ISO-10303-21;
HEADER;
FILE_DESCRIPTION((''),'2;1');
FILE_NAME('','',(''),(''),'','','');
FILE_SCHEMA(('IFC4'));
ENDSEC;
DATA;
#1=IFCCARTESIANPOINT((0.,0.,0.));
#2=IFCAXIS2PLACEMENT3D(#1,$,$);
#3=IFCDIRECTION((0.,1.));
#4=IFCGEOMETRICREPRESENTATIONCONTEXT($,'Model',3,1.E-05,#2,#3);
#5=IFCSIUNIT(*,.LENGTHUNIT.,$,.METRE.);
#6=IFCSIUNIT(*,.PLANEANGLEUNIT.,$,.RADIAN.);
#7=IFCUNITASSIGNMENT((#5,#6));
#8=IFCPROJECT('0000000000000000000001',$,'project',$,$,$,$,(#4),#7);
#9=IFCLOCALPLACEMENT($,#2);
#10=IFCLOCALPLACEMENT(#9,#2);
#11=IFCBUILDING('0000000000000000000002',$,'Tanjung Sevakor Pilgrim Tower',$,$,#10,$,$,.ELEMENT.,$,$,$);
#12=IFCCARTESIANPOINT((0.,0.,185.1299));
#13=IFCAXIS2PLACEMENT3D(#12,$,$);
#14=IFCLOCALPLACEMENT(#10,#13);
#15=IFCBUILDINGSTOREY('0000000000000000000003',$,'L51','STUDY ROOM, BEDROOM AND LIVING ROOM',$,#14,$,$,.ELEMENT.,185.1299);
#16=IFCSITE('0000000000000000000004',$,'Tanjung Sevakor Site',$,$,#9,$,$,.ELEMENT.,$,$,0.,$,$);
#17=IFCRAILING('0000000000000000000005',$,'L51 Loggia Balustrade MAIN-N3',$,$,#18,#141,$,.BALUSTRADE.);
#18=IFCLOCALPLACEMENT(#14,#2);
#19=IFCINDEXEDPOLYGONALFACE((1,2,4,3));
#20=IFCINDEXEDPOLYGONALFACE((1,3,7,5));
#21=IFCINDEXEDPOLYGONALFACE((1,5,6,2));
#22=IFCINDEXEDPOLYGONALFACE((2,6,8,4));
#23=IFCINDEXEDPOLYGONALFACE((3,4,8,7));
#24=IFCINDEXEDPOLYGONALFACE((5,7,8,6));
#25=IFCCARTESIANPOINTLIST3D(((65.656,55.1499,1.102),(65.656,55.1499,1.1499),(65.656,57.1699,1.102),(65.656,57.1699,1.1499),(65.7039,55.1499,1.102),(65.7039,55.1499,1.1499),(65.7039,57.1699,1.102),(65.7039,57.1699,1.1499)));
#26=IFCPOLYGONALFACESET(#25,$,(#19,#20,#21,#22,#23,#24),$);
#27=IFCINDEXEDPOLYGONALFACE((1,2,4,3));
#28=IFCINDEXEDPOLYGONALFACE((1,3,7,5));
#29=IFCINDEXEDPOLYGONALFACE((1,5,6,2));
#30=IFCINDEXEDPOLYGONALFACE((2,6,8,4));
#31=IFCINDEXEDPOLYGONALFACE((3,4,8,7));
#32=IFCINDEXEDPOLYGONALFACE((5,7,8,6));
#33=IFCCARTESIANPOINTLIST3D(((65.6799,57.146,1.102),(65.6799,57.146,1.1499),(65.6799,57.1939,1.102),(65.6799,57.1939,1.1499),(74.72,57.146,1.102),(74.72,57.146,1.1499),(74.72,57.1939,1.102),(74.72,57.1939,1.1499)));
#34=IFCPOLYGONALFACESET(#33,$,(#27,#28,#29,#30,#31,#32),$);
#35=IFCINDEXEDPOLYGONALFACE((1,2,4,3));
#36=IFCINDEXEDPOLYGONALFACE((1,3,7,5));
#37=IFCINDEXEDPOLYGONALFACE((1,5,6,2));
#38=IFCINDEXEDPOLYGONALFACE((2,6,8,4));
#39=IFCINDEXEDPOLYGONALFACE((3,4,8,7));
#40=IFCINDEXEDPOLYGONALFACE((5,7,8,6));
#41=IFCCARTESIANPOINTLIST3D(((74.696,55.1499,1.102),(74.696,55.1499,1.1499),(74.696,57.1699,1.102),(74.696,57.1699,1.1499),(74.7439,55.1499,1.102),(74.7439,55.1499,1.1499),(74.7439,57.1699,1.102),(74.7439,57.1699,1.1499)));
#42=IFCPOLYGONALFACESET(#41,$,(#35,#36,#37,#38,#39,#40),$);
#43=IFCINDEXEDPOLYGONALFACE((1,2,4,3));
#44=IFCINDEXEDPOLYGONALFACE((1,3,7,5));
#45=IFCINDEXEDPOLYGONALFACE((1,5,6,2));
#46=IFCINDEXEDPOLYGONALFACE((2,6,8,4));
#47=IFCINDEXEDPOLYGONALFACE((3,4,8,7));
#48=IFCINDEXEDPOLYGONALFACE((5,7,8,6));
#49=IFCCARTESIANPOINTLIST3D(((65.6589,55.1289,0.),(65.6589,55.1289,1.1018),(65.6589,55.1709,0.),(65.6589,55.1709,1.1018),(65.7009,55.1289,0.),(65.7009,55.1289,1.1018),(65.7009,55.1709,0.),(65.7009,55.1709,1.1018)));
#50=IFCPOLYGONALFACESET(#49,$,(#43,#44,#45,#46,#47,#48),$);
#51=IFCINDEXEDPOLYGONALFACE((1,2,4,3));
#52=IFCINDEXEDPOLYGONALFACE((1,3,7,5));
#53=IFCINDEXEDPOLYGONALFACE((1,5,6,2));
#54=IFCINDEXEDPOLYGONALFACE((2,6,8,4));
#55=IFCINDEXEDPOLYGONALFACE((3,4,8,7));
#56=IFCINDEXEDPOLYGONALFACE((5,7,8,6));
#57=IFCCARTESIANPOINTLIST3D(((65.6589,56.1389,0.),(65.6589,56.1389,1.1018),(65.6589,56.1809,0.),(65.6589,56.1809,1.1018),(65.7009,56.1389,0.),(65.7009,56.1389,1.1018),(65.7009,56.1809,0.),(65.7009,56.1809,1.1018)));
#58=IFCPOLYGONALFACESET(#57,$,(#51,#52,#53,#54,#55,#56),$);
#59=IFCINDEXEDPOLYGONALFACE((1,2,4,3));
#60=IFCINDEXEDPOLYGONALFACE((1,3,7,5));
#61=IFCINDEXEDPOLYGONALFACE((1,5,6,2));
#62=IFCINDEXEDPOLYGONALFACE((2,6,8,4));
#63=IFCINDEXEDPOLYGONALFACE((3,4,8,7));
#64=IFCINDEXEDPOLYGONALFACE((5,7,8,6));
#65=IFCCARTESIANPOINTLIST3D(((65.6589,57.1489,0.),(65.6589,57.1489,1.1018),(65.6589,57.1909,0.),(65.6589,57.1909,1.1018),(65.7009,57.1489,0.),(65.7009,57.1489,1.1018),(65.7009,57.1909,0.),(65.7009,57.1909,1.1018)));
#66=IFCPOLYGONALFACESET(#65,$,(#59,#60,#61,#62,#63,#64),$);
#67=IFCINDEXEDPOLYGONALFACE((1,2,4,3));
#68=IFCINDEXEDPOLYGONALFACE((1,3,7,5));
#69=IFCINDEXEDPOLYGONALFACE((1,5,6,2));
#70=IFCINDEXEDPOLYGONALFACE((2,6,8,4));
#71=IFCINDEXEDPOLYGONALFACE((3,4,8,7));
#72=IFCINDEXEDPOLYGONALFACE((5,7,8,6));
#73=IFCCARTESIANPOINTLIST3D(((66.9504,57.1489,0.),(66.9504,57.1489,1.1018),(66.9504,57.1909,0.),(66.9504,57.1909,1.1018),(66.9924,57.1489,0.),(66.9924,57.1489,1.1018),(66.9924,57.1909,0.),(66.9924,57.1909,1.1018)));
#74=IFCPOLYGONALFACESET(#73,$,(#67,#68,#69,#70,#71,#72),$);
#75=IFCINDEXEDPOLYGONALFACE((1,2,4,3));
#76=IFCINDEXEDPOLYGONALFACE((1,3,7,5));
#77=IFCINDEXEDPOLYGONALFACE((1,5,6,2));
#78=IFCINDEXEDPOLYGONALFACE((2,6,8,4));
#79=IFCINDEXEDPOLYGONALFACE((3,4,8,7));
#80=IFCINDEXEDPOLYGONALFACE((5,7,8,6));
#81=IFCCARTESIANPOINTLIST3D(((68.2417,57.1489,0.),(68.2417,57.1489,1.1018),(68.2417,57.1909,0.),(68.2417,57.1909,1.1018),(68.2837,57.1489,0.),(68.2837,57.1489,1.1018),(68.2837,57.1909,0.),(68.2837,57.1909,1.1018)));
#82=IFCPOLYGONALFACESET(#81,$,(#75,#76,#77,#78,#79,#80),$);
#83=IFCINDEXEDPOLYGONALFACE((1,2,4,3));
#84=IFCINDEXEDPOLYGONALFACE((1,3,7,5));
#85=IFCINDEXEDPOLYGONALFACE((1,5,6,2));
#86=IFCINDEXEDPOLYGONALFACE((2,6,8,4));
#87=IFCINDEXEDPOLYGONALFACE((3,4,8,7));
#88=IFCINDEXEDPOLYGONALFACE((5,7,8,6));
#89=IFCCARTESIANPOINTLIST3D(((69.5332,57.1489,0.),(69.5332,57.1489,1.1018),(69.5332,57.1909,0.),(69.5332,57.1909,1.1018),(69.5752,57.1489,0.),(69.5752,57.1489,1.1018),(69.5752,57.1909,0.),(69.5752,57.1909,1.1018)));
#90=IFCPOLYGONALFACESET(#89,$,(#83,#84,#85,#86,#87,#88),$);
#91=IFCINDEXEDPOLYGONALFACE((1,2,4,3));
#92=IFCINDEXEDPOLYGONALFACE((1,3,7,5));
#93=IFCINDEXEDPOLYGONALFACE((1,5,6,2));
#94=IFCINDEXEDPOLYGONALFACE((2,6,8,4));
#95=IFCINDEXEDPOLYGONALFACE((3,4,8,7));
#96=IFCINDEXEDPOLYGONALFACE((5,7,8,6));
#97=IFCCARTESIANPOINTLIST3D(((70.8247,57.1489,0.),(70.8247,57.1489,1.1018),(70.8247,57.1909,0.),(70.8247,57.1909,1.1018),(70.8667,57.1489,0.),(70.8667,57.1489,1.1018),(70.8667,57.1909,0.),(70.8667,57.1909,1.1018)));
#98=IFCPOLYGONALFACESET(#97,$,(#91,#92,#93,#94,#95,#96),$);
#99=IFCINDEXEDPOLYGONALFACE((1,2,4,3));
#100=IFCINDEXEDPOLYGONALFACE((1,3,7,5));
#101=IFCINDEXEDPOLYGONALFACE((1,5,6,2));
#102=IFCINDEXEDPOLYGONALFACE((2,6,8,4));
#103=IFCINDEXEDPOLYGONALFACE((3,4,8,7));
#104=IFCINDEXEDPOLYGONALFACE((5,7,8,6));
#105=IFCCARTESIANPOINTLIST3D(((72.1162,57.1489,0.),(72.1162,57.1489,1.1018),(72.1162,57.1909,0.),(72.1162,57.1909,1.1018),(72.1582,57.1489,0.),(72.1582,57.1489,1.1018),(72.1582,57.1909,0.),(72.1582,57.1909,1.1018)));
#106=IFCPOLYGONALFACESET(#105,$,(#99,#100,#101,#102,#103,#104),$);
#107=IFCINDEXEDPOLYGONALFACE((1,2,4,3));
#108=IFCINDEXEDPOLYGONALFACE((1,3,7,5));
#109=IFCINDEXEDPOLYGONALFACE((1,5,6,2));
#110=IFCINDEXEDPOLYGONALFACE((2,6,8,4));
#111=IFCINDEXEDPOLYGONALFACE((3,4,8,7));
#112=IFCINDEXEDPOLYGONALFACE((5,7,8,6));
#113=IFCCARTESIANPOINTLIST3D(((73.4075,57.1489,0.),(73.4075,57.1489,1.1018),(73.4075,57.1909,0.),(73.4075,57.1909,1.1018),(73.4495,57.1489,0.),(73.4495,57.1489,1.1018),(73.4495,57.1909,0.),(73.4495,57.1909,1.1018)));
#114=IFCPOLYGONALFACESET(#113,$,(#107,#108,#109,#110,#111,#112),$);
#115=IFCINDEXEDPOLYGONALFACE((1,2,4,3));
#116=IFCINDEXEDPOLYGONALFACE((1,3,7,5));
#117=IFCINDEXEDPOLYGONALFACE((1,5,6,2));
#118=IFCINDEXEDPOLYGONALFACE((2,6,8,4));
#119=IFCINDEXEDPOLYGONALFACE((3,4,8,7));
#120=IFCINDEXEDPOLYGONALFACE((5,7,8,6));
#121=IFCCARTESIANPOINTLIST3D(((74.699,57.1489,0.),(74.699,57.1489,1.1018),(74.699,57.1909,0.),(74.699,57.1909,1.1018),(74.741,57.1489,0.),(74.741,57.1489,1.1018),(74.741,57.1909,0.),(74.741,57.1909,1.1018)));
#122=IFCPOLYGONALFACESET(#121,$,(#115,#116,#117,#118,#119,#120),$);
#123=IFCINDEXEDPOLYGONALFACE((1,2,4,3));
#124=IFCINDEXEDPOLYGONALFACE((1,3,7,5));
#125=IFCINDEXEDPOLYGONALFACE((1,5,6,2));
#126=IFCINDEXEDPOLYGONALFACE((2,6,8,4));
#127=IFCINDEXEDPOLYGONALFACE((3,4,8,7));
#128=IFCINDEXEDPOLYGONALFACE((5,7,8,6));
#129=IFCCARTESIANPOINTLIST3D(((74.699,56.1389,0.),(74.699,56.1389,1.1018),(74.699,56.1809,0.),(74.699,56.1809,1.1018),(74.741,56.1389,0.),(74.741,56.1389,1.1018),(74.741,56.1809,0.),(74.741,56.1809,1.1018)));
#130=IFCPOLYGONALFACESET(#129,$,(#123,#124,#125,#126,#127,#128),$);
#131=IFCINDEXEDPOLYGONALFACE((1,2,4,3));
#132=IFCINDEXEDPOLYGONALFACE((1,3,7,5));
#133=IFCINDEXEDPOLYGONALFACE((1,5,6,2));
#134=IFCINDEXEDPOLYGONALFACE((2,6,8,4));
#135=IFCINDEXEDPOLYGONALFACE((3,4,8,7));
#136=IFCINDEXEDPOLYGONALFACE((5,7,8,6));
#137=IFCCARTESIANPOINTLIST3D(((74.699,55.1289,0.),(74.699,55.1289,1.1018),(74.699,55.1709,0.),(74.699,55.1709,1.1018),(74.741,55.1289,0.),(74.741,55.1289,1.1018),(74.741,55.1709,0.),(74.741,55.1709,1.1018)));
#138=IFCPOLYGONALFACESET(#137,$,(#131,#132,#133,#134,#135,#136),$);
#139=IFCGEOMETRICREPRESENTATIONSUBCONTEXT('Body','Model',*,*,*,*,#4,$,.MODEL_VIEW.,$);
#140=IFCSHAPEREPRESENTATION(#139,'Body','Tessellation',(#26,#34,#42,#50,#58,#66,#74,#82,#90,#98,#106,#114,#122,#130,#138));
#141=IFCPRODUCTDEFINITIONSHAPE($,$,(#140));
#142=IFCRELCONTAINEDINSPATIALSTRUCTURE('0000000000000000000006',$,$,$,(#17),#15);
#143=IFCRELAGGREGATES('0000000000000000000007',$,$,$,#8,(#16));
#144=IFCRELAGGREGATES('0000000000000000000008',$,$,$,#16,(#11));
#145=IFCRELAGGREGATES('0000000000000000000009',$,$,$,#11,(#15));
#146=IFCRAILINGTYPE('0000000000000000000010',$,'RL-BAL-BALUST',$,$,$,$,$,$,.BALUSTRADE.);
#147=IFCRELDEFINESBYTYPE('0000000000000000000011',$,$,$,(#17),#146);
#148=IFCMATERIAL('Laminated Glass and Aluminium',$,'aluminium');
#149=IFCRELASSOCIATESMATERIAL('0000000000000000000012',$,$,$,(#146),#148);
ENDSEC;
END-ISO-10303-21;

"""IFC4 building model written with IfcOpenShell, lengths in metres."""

from ifc_helpers import new_model, si_unit, direction, frame, origin, place, context, subcontext, project, spatial, rectangle, extrude, material, type_object, element, save


model = new_model("IFC4")

# Units and contexts
model_context = context("Model", 3, precision=1e-05, world=origin(), true_north=direction((0.0, 1.0)))
body_context = subcontext(model_context, "Body", "Model", "MODEL_VIEW")
ifc_project = project(units=[si_unit("LENGTHUNIT", "METRE"), si_unit("PLANEANGLEUNIT", "RADIAN")], contexts=[model_context])

# Site, building, storey
site_placement = place(None, origin())
site = spatial("IfcSite", under=ifc_project, at=site_placement, Name="Tanjung Sevakor Site", CompositionType="ELEMENT", RefElevation=0.0)
building_placement = place(site_placement, origin())
building = spatial("IfcBuilding", under=site, at=building_placement, Name="Tanjung Sevakor Pilgrim Tower", CompositionType="ELEMENT")
storey_placement = place(building_placement, frame((0.0, 0.0, 185.1299)))
storey = spatial("IfcBuildingStorey", under=building, at=storey_placement, Name="L51", Description="STUDY ROOM, BEDROOM AND LIVING ROOM", CompositionType="ELEMENT", Elevation=185.1299)

# Railing
ifc_material_1 = material(Name="Laminated Glass and Aluminium", Category="aluminium")
railing_type = type_object("IfcRailingType", Name="RL-BAL-BALUST", PredefinedType="BALUSTRADE", material=ifc_material_1)
railing_1_placement = place(storey_placement, frame((65.6799, 55.1499, 0.0)))
element("IfcRailing", 1, at=railing_1_placement, inside=storey, type_object=railing_type, Name="L51 Loggia Balustrade MAIN-N3", PredefinedType="BALUSTRADE", context=body_context, shape_type="SweptSolid", body=[
    extrude(rectangle(XDim=0.0479, YDim=0.0479), frame((0.0, 0.0, 1.126), z_axis=(0.0, 1.0, 0.0), x_axis=(-1.0, 0.0, 0.0)), (0.0, 0.0, 1.0), 2.02),
    extrude(rectangle(XDim=0.0479, YDim=0.0479), frame((0.0, 2.02, 1.126), z_axis=(1.0, 0.0, 0.0), x_axis=(0.0, 1.0, 0.0)), (0.0, 0.0, 1.0), 9.04),
    extrude(rectangle(XDim=0.0479, YDim=0.0479), frame((9.04, 2.02, 1.126), z_axis=(0.0, -1.0, 0.0), x_axis=(1.0, 0.0, 0.0)), (0.0, 0.0, 1.0), 2.02),
    extrude(rectangle(XDim=0.042, YDim=0.042), origin(), (0.0, 0.0, 1.0), 1.1018),
    extrude(rectangle(XDim=0.042, YDim=0.042), frame((0.0, 1.01, 0.0)), (0.0, 0.0, 1.0), 1.1018),
    extrude(rectangle(XDim=0.042, YDim=0.042), frame((0.0, 2.02, 0.0)), (0.0, 0.0, 1.0), 1.1018),
    extrude(rectangle(XDim=0.042, YDim=0.042), frame((1.2915, 2.02, 0.0)), (0.0, 0.0, 1.0), 1.1018),
    extrude(rectangle(XDim=0.042, YDim=0.042), frame((2.5828, 2.02, 0.0)), (0.0, 0.0, 1.0), 1.1018),
    extrude(rectangle(XDim=0.042, YDim=0.042), frame((3.8743, 2.02, 0.0)), (0.0, 0.0, 1.0), 1.1018),
    extrude(rectangle(XDim=0.042, YDim=0.042), frame((5.1658, 2.02, 0.0)), (0.0, 0.0, 1.0), 1.1018),
    extrude(rectangle(XDim=0.042, YDim=0.042), frame((6.4573, 2.02, 0.0)), (0.0, 0.0, 1.0), 1.1018),
    extrude(rectangle(XDim=0.042, YDim=0.042), frame((7.7485, 2.02, 0.0)), (0.0, 0.0, 1.0), 1.1018),
    extrude(rectangle(XDim=0.042, YDim=0.042), frame((9.04, 2.02, 0.0)), (0.0, 0.0, 1.0), 1.1018),
    extrude(rectangle(XDim=0.042, YDim=0.042), frame((9.04, 1.01, 0.0)), (0.0, 0.0, 1.0), 1.1018),
    extrude(rectangle(XDim=0.042, YDim=0.042), frame((9.04, 0.0, 0.0)), (0.0, 0.0, 1.0), 1.1018),
])

save(model, "model.ifc")
